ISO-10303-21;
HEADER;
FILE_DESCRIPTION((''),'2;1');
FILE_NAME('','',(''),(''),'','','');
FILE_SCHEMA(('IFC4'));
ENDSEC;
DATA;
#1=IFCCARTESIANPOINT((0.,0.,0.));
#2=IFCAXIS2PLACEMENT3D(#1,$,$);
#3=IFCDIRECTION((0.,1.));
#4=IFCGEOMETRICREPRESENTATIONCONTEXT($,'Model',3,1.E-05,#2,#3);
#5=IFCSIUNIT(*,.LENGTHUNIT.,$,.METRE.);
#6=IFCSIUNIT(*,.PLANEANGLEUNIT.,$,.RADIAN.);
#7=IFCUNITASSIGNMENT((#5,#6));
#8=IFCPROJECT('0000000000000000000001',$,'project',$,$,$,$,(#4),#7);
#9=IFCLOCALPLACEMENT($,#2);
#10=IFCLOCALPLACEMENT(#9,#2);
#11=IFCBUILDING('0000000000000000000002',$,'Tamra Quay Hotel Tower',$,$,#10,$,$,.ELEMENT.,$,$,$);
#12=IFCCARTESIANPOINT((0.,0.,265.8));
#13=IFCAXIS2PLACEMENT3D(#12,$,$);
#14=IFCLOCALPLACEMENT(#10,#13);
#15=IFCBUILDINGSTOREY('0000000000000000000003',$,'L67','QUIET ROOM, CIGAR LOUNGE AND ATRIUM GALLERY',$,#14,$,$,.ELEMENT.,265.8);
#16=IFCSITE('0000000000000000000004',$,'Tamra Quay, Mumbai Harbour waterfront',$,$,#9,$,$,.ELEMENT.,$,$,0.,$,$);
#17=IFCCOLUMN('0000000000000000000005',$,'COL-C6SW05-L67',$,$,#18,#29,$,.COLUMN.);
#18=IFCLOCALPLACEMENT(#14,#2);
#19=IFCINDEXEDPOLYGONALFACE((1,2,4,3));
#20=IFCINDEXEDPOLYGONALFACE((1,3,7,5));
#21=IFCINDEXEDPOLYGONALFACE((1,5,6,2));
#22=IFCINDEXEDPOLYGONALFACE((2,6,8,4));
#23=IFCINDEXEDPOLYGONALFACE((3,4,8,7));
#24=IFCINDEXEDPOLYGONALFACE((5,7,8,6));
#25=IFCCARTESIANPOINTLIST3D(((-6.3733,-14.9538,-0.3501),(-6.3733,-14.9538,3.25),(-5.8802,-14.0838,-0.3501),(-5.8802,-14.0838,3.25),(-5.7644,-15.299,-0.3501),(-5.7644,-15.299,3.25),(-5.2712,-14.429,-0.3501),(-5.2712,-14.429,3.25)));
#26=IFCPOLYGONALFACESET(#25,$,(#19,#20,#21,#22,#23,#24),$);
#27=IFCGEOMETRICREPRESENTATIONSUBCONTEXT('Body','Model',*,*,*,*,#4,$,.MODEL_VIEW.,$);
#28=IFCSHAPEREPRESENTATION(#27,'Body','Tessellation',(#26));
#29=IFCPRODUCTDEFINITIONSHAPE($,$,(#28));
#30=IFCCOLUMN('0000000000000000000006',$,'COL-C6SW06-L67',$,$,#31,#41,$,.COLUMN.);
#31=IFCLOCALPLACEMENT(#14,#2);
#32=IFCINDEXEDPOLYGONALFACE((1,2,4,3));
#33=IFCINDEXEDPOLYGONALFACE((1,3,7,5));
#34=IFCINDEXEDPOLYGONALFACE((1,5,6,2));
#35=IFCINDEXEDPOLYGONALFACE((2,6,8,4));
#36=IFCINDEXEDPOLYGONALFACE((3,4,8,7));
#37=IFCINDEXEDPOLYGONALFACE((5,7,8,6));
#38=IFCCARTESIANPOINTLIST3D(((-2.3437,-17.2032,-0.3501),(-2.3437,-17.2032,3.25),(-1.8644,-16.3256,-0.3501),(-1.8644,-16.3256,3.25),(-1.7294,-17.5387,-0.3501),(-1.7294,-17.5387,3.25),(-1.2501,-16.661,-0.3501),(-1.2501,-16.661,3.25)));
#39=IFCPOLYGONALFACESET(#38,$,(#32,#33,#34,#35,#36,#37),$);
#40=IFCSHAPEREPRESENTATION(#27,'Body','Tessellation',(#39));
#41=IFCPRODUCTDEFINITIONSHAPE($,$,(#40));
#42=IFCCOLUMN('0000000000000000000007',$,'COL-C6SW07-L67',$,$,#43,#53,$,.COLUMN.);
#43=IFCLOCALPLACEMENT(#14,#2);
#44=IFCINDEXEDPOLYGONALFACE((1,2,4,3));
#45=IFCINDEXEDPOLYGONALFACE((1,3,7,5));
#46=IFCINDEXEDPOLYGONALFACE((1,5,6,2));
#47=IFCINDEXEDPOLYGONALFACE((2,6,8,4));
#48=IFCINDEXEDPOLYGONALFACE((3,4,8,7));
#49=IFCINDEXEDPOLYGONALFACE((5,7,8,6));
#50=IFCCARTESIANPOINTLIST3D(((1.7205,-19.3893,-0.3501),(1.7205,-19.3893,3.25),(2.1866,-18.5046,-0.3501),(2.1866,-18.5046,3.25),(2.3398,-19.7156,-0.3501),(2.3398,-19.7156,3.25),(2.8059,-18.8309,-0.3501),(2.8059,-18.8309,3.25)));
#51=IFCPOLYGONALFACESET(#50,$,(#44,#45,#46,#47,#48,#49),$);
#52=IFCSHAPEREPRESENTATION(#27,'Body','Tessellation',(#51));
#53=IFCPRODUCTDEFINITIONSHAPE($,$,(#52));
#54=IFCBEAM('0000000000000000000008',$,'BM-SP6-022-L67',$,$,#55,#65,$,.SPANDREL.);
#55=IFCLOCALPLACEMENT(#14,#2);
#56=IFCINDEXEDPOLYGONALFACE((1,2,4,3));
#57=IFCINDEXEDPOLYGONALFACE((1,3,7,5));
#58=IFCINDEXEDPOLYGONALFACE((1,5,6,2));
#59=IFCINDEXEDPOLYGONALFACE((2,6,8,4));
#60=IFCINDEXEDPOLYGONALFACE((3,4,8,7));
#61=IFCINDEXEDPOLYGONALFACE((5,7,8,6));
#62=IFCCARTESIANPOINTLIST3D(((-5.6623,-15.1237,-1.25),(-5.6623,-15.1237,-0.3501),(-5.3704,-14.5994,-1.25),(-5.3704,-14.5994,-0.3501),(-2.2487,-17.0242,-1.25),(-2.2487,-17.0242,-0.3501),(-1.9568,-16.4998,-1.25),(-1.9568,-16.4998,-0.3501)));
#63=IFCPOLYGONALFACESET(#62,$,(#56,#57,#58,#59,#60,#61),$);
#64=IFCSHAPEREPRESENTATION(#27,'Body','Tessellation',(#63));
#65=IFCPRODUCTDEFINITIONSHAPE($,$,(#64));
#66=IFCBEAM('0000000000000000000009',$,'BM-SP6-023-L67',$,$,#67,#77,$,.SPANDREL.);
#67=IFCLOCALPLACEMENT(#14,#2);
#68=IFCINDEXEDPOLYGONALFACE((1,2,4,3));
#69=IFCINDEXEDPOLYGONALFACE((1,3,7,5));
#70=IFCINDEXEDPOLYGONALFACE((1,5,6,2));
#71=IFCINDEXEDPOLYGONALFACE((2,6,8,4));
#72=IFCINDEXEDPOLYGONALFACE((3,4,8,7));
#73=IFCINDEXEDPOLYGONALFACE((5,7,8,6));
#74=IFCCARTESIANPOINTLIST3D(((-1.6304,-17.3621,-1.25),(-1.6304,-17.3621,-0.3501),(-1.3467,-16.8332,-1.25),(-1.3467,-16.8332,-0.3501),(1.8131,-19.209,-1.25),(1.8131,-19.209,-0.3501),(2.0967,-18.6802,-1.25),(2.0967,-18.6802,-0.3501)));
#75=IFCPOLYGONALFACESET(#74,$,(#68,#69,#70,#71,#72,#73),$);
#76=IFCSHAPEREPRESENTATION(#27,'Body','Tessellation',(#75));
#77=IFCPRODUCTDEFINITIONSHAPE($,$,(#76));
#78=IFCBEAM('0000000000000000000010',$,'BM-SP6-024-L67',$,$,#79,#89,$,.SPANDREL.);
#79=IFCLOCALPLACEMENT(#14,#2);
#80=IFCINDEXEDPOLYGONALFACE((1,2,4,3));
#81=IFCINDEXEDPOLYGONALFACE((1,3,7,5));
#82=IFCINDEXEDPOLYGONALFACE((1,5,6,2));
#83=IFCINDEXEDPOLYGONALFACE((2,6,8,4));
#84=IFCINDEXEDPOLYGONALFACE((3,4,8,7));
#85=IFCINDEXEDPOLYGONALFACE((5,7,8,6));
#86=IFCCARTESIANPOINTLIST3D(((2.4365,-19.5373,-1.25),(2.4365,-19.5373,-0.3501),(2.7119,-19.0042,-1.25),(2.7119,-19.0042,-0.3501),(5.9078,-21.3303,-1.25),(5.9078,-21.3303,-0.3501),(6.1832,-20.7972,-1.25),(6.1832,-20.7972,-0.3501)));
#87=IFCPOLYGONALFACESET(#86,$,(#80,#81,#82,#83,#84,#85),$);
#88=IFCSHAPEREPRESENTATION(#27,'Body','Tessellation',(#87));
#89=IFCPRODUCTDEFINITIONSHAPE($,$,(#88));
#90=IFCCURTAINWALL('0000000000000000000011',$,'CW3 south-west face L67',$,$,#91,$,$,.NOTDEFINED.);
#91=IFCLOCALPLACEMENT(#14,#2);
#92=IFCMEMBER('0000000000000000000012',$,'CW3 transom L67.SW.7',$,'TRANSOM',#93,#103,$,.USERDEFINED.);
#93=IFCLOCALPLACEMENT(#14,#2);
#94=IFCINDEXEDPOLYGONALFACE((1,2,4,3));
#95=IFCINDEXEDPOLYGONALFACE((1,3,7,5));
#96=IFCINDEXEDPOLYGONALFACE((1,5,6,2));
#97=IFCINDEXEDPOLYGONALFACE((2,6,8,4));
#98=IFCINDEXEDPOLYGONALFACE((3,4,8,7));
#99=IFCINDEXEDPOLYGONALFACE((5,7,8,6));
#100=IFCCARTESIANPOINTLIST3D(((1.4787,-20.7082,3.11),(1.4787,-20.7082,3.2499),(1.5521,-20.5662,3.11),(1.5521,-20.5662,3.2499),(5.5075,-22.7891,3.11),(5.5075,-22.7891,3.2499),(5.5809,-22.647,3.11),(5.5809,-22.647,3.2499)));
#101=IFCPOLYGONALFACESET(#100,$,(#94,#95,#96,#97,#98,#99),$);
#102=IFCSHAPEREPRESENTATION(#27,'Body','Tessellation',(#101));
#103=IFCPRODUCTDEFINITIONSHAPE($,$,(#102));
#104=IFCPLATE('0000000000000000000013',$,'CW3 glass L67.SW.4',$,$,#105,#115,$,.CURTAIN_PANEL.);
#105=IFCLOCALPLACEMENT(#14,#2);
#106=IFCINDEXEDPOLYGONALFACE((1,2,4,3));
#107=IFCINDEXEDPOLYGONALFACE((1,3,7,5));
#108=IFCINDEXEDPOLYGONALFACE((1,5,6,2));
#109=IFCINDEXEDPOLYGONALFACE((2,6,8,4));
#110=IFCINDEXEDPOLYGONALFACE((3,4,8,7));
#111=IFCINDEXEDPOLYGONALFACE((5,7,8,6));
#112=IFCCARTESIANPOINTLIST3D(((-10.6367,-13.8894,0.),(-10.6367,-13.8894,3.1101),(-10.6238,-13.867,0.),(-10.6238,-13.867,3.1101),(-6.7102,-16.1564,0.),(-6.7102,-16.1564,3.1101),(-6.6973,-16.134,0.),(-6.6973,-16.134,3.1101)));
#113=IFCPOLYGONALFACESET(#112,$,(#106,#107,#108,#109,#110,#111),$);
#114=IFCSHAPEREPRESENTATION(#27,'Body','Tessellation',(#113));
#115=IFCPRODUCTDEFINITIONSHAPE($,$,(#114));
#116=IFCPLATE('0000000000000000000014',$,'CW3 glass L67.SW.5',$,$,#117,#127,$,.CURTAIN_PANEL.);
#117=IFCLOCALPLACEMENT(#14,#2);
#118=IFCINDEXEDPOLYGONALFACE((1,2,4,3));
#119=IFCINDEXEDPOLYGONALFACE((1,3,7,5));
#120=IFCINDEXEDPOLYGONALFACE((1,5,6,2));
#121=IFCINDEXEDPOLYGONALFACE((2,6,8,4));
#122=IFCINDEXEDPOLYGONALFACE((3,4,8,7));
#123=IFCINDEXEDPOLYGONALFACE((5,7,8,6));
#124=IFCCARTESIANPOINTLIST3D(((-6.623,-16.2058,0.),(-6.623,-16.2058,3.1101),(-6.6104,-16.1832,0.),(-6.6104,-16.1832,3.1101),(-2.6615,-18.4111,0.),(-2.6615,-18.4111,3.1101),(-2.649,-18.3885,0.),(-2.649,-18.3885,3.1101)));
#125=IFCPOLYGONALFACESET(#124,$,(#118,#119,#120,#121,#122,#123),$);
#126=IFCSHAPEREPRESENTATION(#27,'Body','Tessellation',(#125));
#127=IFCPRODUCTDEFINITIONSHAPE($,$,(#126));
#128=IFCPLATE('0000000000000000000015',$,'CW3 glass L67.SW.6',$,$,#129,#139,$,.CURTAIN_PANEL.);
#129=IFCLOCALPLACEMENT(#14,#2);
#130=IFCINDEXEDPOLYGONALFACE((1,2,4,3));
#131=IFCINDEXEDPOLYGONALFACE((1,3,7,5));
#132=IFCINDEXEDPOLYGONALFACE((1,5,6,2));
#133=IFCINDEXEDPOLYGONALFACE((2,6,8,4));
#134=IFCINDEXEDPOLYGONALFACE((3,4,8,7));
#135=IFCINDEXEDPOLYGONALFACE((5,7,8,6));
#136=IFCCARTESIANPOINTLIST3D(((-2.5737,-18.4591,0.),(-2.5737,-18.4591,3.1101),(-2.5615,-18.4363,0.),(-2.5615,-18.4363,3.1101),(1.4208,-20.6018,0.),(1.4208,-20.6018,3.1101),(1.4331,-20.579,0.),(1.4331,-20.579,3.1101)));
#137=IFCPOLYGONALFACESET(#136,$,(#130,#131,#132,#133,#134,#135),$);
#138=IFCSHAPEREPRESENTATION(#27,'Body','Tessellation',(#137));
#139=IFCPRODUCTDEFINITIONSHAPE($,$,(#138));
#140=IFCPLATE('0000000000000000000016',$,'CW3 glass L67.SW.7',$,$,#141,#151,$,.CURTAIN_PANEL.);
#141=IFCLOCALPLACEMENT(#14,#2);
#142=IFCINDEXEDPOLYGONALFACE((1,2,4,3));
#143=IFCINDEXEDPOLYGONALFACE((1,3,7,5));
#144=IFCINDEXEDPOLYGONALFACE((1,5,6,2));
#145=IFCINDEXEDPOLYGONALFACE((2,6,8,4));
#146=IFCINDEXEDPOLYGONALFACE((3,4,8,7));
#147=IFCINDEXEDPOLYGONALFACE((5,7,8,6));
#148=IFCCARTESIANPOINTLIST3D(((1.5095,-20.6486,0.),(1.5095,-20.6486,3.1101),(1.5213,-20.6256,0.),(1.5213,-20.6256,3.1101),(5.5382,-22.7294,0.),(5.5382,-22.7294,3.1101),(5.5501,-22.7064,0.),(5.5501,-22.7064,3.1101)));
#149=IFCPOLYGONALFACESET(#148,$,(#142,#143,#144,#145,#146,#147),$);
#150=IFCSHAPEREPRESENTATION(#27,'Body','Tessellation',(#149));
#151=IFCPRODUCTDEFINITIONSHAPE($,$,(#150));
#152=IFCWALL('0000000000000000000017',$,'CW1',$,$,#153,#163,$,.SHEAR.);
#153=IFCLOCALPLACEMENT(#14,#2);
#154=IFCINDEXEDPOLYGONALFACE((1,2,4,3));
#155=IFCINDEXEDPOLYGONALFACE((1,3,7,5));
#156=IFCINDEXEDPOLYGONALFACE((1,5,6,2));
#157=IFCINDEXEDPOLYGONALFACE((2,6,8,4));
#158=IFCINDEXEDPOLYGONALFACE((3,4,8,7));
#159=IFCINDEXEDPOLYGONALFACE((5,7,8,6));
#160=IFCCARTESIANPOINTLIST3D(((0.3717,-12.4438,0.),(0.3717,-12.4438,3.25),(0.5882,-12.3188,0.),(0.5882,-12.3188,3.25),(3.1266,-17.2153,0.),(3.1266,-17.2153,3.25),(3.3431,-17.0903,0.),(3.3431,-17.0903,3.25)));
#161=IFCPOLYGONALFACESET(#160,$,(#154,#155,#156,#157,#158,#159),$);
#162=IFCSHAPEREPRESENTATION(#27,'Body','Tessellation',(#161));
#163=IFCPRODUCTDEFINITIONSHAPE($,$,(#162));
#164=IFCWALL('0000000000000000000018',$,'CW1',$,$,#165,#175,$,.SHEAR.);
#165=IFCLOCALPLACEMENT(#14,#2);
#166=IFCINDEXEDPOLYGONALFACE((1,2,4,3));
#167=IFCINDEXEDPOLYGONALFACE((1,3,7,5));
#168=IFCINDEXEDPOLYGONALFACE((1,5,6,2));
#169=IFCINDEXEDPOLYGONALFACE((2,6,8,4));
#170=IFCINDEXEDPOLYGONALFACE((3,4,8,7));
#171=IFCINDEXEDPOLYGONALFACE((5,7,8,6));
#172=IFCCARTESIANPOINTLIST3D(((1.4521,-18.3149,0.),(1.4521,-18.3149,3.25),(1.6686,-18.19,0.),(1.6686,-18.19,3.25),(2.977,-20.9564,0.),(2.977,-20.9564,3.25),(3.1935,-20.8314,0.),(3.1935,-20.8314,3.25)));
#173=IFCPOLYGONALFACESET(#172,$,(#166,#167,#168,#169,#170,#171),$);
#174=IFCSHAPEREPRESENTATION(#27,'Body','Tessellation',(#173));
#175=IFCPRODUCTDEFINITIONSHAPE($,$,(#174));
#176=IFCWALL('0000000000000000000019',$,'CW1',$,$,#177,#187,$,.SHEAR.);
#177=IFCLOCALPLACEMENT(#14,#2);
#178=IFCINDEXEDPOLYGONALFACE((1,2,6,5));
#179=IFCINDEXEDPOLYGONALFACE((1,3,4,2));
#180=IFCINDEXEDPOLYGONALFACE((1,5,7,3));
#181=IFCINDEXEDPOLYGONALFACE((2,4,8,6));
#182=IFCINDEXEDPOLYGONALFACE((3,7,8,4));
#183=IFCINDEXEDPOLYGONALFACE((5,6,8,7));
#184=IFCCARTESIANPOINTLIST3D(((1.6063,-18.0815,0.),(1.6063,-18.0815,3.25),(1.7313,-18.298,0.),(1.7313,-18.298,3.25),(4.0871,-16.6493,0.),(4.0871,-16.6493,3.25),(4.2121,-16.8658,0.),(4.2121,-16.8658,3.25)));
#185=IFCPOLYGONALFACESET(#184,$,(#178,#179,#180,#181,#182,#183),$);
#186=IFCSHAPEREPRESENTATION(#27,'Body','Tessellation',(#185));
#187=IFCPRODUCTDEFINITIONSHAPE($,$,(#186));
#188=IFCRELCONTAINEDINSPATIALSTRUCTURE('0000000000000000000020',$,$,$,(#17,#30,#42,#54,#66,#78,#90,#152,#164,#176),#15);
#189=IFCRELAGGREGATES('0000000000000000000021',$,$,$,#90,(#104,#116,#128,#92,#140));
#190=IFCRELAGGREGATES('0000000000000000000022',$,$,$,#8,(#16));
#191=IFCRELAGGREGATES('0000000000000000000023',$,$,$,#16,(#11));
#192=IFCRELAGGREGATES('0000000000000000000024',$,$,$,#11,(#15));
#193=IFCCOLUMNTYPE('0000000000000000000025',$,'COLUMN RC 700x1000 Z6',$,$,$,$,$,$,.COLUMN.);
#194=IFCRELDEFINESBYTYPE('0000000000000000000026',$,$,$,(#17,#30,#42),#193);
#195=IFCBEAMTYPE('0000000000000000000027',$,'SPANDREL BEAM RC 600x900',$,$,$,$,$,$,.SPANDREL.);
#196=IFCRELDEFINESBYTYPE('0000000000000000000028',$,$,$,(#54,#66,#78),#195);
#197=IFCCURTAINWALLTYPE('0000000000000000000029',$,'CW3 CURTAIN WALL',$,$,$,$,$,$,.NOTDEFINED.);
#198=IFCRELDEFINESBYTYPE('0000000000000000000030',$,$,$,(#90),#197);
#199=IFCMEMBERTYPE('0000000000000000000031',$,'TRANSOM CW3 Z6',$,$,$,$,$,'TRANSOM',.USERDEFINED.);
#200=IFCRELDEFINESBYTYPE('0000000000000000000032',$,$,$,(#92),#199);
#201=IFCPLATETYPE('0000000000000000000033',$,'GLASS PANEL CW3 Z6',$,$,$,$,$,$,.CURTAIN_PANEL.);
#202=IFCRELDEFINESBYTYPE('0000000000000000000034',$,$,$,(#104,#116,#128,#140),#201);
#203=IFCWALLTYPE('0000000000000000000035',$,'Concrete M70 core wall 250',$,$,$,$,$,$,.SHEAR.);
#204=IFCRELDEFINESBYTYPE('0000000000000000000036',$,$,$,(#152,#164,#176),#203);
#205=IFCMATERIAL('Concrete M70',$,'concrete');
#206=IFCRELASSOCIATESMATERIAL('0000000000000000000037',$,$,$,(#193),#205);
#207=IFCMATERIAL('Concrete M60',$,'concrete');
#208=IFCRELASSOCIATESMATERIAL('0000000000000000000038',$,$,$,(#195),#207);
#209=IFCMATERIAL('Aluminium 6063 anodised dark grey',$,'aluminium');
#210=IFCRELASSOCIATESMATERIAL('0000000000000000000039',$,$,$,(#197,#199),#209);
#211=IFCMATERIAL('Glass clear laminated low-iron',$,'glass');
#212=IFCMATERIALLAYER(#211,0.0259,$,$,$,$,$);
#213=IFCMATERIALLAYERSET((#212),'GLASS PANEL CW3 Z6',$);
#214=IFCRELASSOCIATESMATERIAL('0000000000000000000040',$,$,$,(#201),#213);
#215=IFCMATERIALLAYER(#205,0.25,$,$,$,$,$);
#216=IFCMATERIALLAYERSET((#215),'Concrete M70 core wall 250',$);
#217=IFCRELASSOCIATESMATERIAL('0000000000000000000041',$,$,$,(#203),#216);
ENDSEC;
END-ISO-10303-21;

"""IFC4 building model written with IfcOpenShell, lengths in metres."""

from ifc_helpers import new_model, si_unit, direction, frame, frame_2d, origin, origin_2d, place, context, subcontext, project, spatial, rectangle, extrude, material, layer, layer_set, material_profile, profile_set, type_object, element, aggregate, save


model = new_model("IFC4")

# Units and contexts
model_context = context("Model", 3, precision=1e-05, world=origin(), true_north=direction((0.0, 1.0)))
body_context = subcontext(model_context, "Body", "Model", "MODEL_VIEW")
ifc_project = project(units=[si_unit("LENGTHUNIT", "METRE"), si_unit("PLANEANGLEUNIT", "RADIAN")], contexts=[model_context])

# Site, building, storey
site_placement = place(None, origin())
site = spatial("IfcSite", under=ifc_project, at=site_placement, Name="Tamra Quay, Mumbai Harbour waterfront", CompositionType="ELEMENT", RefElevation=0.0)
building_placement = place(site_placement, origin())
building = spatial("IfcBuilding", under=site, at=building_placement, Name="Tamra Quay Hotel Tower", CompositionType="ELEMENT")
storey_placement = place(building_placement, frame((0.0, 0.0, 265.8)))
storey = spatial("IfcBuildingStorey", under=building, at=storey_placement, Name="L67", Description="QUIET ROOM, CIGAR LOUNGE AND ATRIUM GALLERY", CompositionType="ELEMENT", Elevation=265.8)

# Columns
ifc_material_1 = material(Name="Concrete M70", Category="concrete")
ifc_material_profile_1 = material_profile(ifc_material_1, rectangle(XDim=1.0, YDim=0.7, at=origin_2d()), Name="COLUMN RC 700x1000 Z6")
ifc_profile_set_1 = profile_set([ifc_material_profile_1], Name="Concrete M70")
column_type = type_object("IfcColumnType", Name="COLUMN RC 700x1000 Z6", PredefinedType="COLUMN", material=ifc_profile_set_1)
for number, where, z_axis, x_axis, name in (
    (1, (-5.8223, -14.6914, -0.3501), (0.0, 0.0, 1.0), (0.493125, 0.869958, 0.0), "COL-C6SW05-L67"),
    (2, (-1.7969, -16.9321, -0.3501), (0.0, 0.0, 1.0), (0.479288, 0.877658, 0.0), "COL-C6SW06-L67"),
    (3, (2.2632, -19.1101, -0.3501), (0.0, 0.0, 1.0), (0.466118, 0.884723, 0.0), "COL-C6SW07-L67"),
):
    element("IfcColumn", number, at=place(storey_placement, frame(where, z_axis=z_axis, x_axis=x_axis)), inside=storey, type_object=column_type, Name=name, PredefinedType="COLUMN", context=body_context, shape_type="SweptSolid", body=[
        extrude(rectangle(XDim=1.0, YDim=0.7, at=origin_2d()), origin(), (0.0, 0.0, 1.0), 3.6001),
    ])

# Beams
ifc_material_2 = material(Name="Concrete M60", Category="concrete")
ifc_material_profile_2 = material_profile(ifc_material_2, rectangle(XDim=0.6001, YDim=0.8999, at=origin_2d()), Name="SPANDREL BEAM RC 600x900")
ifc_profile_set_2 = profile_set([ifc_material_profile_2], Name="Concrete M60")
beam_type = type_object("IfcBeamType", Name="SPANDREL BEAM RC 600x900", PredefinedType="SPANDREL", material=ifc_profile_set_2)
beam_1_placement = place(storey_placement, frame((-5.5164, -14.8616, -0.8), z_axis=(0.873727, -0.486417, 0.0), x_axis=(0.486417, 0.873727, 0.0)))
element("IfcBeam", 4, at=beam_1_placement, inside=storey, type_object=beam_type, Name="BM-SP6-022-L67", PredefinedType="SPANDREL", context=body_context, shape_type="SweptSolid", body=[
    extrude(rectangle(XDim=0.6001, YDim=0.8999, at=origin_2d()), origin(), (0.0, 0.0, 1.0), 3.907),
])
beam_2_placement = place(storey_placement, frame((-1.4885, -17.0977, -0.8), z_axis=(0.881238, -0.472672, 0.0), x_axis=(0.472672, 0.881238, 0.0)))
element("IfcBeam", 5, at=beam_2_placement, inside=storey, type_object=beam_type, Name="BM-SP6-023-L67", PredefinedType="SPANDREL", context=body_context, shape_type="SweptSolid", body=[
    extrude(rectangle(XDim=0.6001, YDim=0.8999, at=origin_2d()), origin(), (0.0, 0.0, 1.0), 3.9075),
])
beam_3_placement = place(storey_placement, frame((2.5742, -19.2708, -0.8), z_axis=(0.888476, -0.458923, 0.0), x_axis=(0.458923, 0.888476, 0.0)))
element("IfcBeam", 6, at=beam_3_placement, inside=storey, type_object=beam_type, Name="BM-SP6-024-L67", PredefinedType="SPANDREL", context=body_context, shape_type="SweptSolid", body=[
    extrude(rectangle(XDim=0.6001, YDim=0.8999, at=origin_2d()), origin(), (0.0, 0.0, 1.0), 3.907),
])

# Curtain wall, member, plates
ifc_material_3 = material(Name="Aluminium 6063 anodised dark grey", Category="aluminium")
curtain_wall_type = type_object("IfcCurtainWallType", Name="CW3 CURTAIN WALL", PredefinedType="NOTDEFINED", material=ifc_material_3)
curtain_wall_placement = place(storey_placement, origin())
curtain_wall = element("IfcCurtainWall", 7, at=curtain_wall_placement, inside=storey, type_object=curtain_wall_type, Name="CW3 south-west face L67", PredefinedType="NOTDEFINED")
ifc_material_profile_3 = material_profile(ifc_material_3, rectangle(XDim=0.1599, YDim=0.1399, at=origin_2d()), Name="TRANSOM 160X140")
ifc_profile_set_3 = profile_set([ifc_material_profile_3], Name="Aluminium 6063 anodised dark grey")
member_type = type_object("IfcMemberType", Name="TRANSOM CW3 Z6", ElementType="TRANSOM", PredefinedType="USERDEFINED", material=ifc_profile_set_3)
member_placement = place(storey_placement, frame((1.5154, -20.6372, 3.1799), z_axis=(0.888492, -0.458891, 0.0), x_axis=(0.458891, 0.888492, 0.0)))
member = element("IfcMember", 8, at=member_placement, type_object=member_type, Name="CW3 transom L67.SW.7", ObjectType="TRANSOM", PredefinedType="USERDEFINED", context=body_context, shape_type="SweptSolid", body=[
    extrude(rectangle(XDim=0.1599, YDim=0.1399, at=origin_2d()), origin(), (0.0, 0.0, 1.0), 4.5344),
])
ifc_material_4 = material(Name="Glass clear laminated low-iron", Category="glass")
ifc_layer_1 = layer(ifc_material_4, 0.0259)
ifc_layer_set_1 = layer_set([ifc_layer_1], Name="GLASS PANEL CW3 Z6")
plate_type = type_object("IfcPlateType", Name="GLASS PANEL CW3 Z6", PredefinedType="CURTAIN_PANEL", material=ifc_layer_set_1)
plate_1_placement = place(storey_placement, frame((-8.667, -15.0117, 0.0), z_axis=(0.0, 0.0, 1.0), x_axis=(0.866025, -0.5, 0.0)))
plate_1 = element("IfcPlate", 9, at=plate_1_placement, type_object=plate_type, Name="CW3 glass L67.SW.4", PredefinedType="CURTAIN_PANEL", context=body_context, shape_type="SweptSolid", body=[
    extrude(rectangle(XDim=4.5339, YDim=0.0259, at=origin_2d()), origin(), (0.0, 0.0, 1.0), 3.1101),
])
plate_2_placement = place(storey_placement, frame((-4.636, -17.2971, 0.0), z_axis=(0.0, 0.0, 1.0), x_axis=(0.873736, -0.486401, 0.0)))
plate_2 = element("IfcPlate", 10, at=plate_2_placement, type_object=plate_type, Name="CW3 glass L67.SW.5", PredefinedType="CURTAIN_PANEL", context=body_context, shape_type="SweptSolid", body=[
    extrude(rectangle(XDim=4.5339, YDim=0.0259, at=origin_2d()), origin(), (0.0, 0.0, 1.0), 3.1101),
])
plate_3_placement = place(storey_placement, frame((-0.5703, -19.519, 0.0), z_axis=(0.0, 0.0, 1.0), x_axis=(0.881224, -0.4727, 0.0)))
plate_3 = element("IfcPlate", 11, at=plate_3_placement, type_object=plate_type, Name="CW3 glass L67.SW.6", PredefinedType="CURTAIN_PANEL", context=body_context, shape_type="SweptSolid", body=[
    extrude(rectangle(XDim=4.533, YDim=0.0259, at=origin_2d()), origin(), (0.0, 0.0, 1.0), 3.1101),
])
plate_4_placement = place(storey_placement, frame((3.5298, -21.6775, 0.0), z_axis=(0.0, 0.0, 1.0), x_axis=(0.888486, -0.458903, 0.0)))
plate_4 = element("IfcPlate", 12, at=plate_4_placement, type_object=plate_type, Name="CW3 glass L67.SW.7", PredefinedType="CURTAIN_PANEL", context=body_context, shape_type="SweptSolid", body=[
    extrude(rectangle(XDim=4.5344, YDim=0.0259, at=origin_2d()), origin(), (0.0, 0.0, 1.0), 3.1101),
])
aggregate(curtain_wall, [plate_1, plate_2, plate_3, member, plate_4])

# Walls
ifc_layer_2 = layer(ifc_material_1, 0.25)
ifc_layer_set_2 = layer_set([ifc_layer_2], Name="Concrete M70 core wall 250")
wall_type_1 = type_object("IfcWallType", Name="Concrete M70 core wall 250", PredefinedType="SHEAR", material=ifc_layer_set_2)
wall_1_placement = place(storey_placement, frame((3.2349, -17.1528, 0.0), z_axis=(0.0, 0.0, 1.0), x_axis=(-0.500009, 0.86602, 0.0)))
element("IfcWall", 13, at=wall_1_placement, inside=storey, type_object=wall_type_1, Name="CW1", PredefinedType="SHEAR", context=body_context, shape_type="SweptSolid", body=[
    extrude(rectangle(XDim=5.5098, YDim=0.25, at=frame_2d((2.7549, 0.0))), origin(), (0.0, 0.0, 1.0), 3.25),
])
wall_2_placement = place(storey_placement, frame((3.0852, -20.8938, 0.0), z_axis=(0.0, 0.0, 1.0), x_axis=(-0.499979, 0.866038, 0.0)))
element("IfcWall", 14, at=wall_2_placement, inside=storey, type_object=wall_type_1, Name="CW1", PredefinedType="SHEAR", context=body_context, shape_type="SweptSolid", body=[
    extrude(rectangle(XDim=3.05, YDim=0.25, at=frame_2d((1.5249, 0.0))), origin(), (0.0, 0.0, 1.0), 3.25),
])
wall_3_placement = place(storey_placement, frame((1.6689, -18.1897, 0.0), z_axis=(0.0, 0.0, 1.0), x_axis=(0.866042, 0.499971, 0.0)))
element("IfcWall", 15, at=wall_3_placement, inside=storey, type_object=wall_type_1, Name="CW1", PredefinedType="SHEAR", context=body_context, shape_type="SweptSolid", body=[
    extrude(rectangle(XDim=2.8645, YDim=0.25, at=frame_2d((1.4321, 0.0))), origin(), (0.0, 0.0, 1.0), 3.25),
])

save(model, "model.ifc")
